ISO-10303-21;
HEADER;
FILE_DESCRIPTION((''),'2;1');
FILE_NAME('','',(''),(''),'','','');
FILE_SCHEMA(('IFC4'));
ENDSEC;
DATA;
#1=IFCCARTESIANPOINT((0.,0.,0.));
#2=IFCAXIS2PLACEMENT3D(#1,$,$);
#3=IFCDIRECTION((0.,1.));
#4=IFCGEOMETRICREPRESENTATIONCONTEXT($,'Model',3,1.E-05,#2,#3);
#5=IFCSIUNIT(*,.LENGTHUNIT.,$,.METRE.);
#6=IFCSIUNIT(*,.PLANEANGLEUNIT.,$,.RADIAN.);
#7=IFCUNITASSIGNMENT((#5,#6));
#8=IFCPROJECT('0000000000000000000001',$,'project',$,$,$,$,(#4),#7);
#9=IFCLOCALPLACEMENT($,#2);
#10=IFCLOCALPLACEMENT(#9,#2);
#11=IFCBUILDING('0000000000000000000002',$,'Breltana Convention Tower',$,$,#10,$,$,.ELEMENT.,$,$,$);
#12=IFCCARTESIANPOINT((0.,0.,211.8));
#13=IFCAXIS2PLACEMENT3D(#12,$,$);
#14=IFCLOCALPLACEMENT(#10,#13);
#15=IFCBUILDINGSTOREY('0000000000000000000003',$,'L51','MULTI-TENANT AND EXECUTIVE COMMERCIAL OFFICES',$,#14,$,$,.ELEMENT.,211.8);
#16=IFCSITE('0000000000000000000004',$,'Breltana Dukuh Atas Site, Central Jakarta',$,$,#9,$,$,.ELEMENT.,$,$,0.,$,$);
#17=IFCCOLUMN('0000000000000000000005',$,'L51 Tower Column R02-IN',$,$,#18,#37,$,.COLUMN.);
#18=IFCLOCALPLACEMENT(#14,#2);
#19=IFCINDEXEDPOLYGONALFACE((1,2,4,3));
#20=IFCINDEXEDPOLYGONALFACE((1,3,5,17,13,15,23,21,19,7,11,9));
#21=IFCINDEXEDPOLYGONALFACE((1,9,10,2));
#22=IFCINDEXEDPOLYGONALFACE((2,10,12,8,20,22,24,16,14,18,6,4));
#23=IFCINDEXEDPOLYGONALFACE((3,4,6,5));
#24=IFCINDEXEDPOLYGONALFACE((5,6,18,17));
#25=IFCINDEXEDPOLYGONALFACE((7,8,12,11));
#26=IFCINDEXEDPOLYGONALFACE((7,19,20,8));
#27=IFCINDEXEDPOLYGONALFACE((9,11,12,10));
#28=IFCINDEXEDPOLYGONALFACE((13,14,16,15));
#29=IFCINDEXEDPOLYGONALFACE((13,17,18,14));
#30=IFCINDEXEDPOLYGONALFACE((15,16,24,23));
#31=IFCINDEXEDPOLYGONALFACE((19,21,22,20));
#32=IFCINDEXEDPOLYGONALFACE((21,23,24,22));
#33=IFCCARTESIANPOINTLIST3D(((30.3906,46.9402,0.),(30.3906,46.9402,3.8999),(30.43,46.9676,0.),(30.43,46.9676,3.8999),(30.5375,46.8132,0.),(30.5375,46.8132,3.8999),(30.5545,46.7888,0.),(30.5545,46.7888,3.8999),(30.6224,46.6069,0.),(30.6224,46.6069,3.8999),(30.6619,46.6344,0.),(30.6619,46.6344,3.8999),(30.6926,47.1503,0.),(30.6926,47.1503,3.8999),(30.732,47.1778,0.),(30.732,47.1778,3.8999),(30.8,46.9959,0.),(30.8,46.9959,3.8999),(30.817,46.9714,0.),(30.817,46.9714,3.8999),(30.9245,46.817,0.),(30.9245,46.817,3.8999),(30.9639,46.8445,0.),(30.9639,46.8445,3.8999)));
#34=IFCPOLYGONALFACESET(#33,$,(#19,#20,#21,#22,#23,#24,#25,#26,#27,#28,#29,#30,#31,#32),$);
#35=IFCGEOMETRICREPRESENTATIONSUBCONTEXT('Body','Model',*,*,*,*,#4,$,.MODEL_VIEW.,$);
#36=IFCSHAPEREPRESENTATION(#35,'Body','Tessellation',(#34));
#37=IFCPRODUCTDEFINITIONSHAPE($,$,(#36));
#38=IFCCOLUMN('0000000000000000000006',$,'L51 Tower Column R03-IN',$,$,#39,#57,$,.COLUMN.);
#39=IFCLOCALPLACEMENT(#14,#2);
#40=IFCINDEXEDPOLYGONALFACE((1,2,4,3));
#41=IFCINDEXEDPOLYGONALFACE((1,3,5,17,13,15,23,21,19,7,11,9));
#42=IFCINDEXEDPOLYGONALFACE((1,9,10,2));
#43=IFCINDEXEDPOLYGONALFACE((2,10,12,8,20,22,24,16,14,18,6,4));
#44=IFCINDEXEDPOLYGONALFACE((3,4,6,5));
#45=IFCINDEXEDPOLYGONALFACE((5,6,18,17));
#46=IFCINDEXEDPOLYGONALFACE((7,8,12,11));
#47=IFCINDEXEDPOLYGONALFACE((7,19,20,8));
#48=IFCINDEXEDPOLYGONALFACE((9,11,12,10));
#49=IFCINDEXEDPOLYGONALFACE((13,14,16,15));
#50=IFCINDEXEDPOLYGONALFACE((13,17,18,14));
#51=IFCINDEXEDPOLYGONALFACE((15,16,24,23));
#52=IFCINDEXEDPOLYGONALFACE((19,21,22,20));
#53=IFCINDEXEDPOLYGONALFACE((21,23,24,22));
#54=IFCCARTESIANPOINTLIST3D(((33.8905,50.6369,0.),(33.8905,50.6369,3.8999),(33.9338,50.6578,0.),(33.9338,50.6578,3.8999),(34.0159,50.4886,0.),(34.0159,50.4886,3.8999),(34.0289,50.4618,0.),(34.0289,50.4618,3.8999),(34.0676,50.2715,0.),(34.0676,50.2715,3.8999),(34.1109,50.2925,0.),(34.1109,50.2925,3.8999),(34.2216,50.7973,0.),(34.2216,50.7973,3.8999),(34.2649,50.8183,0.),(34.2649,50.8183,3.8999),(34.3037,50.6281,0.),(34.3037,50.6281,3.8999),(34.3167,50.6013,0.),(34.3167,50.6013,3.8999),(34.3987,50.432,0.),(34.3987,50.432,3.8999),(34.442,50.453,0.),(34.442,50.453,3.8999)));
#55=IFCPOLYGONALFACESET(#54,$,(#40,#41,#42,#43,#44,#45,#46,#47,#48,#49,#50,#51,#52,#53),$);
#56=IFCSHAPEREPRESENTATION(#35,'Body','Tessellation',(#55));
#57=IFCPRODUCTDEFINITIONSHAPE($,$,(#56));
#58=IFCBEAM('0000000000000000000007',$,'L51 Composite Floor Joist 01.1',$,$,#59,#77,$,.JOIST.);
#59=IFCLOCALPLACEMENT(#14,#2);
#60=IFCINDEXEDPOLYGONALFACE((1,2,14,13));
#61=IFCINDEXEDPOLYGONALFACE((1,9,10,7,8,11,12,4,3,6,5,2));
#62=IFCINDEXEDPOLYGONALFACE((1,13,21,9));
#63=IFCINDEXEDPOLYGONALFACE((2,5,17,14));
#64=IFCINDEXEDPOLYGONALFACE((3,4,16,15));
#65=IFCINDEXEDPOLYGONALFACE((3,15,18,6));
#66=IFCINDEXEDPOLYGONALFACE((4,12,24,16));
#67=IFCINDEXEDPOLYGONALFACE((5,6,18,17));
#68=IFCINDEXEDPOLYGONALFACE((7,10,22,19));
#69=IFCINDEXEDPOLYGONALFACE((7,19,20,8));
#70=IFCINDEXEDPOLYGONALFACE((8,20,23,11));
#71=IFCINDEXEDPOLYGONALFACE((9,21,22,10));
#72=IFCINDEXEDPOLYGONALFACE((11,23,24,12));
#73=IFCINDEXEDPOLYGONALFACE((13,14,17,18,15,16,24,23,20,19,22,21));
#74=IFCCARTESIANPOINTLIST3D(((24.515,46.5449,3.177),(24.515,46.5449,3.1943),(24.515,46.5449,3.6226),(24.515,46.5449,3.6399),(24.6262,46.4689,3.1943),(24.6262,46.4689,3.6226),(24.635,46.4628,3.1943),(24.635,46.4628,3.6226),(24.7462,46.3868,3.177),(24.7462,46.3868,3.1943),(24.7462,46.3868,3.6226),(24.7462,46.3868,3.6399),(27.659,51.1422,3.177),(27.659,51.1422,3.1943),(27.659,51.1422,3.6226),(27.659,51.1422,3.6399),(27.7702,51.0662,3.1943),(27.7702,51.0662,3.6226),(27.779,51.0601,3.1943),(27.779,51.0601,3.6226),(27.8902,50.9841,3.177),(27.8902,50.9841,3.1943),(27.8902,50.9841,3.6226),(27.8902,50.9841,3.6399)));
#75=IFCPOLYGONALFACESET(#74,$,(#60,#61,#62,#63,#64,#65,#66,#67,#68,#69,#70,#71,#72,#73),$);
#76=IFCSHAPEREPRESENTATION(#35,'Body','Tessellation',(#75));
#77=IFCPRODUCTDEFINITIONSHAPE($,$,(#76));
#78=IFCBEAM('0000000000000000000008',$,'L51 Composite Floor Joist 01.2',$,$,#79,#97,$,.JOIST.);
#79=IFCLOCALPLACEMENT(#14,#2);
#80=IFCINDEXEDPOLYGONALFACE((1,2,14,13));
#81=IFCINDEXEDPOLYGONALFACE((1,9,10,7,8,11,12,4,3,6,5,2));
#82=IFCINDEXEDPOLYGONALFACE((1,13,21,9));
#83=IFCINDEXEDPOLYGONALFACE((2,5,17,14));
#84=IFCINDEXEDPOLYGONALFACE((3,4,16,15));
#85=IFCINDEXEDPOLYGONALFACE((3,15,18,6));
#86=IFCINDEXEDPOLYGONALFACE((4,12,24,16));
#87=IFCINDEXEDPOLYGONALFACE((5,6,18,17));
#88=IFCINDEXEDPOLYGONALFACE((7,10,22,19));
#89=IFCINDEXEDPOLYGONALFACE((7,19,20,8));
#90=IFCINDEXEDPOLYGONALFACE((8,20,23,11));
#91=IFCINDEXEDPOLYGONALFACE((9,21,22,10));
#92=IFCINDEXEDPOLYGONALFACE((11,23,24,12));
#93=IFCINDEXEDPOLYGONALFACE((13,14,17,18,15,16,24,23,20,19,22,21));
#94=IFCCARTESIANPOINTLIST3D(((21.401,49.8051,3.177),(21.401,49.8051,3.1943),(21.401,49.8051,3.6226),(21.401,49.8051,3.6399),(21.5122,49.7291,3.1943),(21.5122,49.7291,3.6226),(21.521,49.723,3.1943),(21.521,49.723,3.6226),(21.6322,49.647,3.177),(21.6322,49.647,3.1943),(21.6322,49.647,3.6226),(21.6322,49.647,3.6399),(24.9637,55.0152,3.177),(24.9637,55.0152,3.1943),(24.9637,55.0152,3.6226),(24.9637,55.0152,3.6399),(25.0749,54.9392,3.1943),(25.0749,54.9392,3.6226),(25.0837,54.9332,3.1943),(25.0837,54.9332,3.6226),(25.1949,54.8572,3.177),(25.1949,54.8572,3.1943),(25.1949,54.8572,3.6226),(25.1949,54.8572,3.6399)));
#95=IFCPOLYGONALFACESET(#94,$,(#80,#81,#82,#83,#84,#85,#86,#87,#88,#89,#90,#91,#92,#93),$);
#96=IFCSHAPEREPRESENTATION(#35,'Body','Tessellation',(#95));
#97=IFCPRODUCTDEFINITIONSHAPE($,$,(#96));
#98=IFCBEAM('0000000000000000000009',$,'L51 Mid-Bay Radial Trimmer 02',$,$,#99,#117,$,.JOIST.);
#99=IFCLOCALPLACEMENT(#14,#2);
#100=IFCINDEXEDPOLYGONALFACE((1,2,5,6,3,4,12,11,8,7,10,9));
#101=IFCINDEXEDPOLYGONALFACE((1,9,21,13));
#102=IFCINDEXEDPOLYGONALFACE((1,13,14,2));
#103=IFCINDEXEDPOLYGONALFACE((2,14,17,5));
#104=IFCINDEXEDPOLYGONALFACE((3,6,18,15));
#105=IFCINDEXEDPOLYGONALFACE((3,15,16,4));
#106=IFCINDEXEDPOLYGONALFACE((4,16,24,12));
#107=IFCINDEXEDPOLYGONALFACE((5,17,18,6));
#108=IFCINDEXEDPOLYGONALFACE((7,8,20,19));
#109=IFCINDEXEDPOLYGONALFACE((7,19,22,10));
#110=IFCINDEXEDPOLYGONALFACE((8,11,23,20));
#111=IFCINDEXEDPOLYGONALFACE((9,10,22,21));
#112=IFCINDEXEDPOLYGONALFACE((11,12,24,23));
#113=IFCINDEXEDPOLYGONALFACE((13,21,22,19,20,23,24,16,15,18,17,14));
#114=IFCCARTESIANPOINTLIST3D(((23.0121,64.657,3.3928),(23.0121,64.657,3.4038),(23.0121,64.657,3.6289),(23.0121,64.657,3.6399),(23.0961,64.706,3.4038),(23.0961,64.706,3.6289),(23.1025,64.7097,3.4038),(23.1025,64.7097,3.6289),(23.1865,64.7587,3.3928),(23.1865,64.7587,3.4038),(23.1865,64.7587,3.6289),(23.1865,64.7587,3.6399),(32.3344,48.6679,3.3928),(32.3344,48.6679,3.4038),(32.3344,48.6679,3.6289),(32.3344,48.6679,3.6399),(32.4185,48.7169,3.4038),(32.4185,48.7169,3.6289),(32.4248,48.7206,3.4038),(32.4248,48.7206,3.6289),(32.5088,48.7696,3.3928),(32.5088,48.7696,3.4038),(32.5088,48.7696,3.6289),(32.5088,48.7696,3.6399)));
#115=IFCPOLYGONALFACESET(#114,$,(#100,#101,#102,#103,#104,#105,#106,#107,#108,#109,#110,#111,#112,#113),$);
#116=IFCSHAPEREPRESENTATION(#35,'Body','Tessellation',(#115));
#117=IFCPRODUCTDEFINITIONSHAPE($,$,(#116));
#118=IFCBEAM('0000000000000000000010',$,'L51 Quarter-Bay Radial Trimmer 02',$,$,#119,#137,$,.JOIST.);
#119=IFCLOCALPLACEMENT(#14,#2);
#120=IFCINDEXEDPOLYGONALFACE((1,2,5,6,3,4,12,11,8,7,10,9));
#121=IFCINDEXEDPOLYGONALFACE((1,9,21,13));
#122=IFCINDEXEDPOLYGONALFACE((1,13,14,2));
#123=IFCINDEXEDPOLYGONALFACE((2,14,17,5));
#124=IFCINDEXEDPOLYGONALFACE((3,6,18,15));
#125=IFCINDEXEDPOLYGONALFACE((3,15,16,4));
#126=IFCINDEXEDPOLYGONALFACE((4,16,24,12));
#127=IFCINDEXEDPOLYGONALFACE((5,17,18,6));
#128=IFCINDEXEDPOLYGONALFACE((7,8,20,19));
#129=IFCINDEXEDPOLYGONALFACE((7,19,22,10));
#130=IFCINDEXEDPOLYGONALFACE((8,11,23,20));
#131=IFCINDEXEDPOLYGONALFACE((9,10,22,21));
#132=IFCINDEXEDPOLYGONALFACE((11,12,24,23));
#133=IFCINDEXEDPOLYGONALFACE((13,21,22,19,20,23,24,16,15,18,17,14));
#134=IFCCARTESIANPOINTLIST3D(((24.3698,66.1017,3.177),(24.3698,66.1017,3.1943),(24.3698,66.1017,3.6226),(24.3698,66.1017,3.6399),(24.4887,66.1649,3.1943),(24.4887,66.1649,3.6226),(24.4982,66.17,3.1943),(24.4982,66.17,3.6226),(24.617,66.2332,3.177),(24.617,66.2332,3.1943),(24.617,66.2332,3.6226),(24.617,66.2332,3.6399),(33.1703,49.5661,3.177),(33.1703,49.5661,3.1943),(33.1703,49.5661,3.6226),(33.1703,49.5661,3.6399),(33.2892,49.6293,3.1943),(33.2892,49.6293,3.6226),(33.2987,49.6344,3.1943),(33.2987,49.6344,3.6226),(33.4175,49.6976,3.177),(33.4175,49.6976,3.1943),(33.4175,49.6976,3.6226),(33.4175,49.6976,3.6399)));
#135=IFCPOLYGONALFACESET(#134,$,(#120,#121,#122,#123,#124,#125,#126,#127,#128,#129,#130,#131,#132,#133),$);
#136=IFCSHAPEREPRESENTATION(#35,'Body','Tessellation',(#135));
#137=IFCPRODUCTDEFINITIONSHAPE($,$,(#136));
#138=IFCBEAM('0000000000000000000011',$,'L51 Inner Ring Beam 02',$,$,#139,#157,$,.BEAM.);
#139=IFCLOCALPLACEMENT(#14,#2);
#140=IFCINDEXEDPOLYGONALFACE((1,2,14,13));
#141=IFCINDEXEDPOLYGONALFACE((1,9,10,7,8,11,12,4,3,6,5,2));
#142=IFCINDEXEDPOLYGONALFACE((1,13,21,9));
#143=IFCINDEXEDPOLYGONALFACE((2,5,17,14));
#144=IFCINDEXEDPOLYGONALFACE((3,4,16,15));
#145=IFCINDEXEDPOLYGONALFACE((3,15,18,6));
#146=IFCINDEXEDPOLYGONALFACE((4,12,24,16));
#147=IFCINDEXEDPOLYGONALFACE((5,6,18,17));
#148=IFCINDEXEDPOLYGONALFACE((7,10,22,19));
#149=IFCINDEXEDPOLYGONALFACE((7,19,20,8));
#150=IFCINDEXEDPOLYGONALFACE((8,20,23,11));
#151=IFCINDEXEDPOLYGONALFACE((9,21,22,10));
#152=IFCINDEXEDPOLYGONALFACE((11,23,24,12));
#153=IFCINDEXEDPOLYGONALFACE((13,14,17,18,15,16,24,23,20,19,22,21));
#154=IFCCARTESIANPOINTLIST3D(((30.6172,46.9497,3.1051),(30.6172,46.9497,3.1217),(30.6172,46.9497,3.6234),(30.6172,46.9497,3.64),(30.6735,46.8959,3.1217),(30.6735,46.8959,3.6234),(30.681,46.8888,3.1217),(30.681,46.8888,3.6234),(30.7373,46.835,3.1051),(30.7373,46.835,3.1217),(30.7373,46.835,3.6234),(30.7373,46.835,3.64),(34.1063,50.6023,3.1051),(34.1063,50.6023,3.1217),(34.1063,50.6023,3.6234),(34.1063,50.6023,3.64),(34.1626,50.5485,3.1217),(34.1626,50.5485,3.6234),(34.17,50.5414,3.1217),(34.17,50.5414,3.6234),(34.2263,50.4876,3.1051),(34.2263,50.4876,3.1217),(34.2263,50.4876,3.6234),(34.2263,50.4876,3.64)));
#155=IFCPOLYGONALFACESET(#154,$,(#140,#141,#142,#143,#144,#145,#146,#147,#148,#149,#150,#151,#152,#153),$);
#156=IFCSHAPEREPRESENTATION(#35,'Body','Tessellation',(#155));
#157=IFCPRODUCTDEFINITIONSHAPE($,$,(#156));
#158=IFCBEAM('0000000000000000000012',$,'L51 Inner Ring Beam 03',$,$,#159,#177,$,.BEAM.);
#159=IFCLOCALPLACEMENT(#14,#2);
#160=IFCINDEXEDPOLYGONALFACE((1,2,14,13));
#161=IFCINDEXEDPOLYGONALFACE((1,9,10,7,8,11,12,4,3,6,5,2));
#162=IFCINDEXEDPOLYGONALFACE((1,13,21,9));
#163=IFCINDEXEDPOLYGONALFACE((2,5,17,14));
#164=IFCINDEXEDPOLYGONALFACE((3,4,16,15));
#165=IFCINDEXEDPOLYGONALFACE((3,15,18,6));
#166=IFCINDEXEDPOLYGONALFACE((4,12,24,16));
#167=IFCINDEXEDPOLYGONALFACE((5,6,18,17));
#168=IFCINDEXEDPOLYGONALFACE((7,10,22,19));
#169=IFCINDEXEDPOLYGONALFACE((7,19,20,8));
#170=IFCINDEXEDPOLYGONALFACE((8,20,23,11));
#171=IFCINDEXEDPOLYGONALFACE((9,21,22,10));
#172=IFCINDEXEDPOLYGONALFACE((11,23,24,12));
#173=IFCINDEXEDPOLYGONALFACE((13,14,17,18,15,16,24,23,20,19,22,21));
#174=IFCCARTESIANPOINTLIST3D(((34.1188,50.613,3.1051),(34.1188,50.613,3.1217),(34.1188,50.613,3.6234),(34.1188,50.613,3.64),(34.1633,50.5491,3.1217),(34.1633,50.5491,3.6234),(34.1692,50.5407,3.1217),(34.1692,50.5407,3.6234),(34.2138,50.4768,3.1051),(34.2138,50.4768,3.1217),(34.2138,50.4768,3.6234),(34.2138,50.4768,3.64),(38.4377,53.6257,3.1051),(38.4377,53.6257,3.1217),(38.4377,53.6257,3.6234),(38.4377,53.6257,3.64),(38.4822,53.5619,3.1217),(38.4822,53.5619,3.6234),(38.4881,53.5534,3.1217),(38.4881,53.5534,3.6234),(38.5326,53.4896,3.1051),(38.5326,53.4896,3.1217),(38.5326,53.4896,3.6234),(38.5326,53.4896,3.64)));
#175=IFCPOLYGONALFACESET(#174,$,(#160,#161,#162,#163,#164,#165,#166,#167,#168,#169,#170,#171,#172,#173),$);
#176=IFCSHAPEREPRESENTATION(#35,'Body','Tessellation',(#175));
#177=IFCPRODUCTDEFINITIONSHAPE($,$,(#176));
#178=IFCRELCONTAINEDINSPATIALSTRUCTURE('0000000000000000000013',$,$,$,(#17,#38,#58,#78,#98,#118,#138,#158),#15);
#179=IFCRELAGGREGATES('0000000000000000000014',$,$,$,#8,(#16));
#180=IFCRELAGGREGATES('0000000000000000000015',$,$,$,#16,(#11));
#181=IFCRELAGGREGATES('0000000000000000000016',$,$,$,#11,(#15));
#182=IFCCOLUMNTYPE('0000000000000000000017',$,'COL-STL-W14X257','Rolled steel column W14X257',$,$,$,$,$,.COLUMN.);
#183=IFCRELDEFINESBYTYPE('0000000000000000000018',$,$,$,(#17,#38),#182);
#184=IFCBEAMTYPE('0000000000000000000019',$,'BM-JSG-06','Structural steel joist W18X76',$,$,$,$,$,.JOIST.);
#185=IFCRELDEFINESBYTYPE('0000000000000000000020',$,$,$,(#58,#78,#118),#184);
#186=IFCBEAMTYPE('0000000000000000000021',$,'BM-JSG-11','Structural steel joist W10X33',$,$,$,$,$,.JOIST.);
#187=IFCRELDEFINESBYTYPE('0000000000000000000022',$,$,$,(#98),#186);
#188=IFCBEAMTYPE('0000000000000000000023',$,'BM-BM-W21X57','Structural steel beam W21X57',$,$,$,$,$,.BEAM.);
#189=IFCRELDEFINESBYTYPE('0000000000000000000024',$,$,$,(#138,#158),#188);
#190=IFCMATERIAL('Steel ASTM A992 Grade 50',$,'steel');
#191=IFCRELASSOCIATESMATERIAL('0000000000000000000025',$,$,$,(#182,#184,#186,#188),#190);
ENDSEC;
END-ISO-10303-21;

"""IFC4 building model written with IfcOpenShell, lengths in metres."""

from ifc_helpers import new_model, si_unit, direction, frame, origin, origin_2d, place, context, subcontext, project, spatial, i_section, extrude, source, transform, mapped, material, material_profile, profile_set, type_object, type_shapes, element, save


model = new_model("IFC4")

# Units and contexts
model_context = context("Model", 3, precision=1e-05, world=origin(), true_north=direction((0.0, 1.0)))
body_context = subcontext(model_context, "Body", "Model", "MODEL_VIEW")
ifc_project = project(units=[si_unit("LENGTHUNIT", "METRE"), si_unit("PLANEANGLEUNIT", "RADIAN")], contexts=[model_context])

# Site, building, storey
site_placement = place(None, origin())
site = spatial("IfcSite", under=ifc_project, at=site_placement, Name="Breltana Dukuh Atas Site, Central Jakarta", CompositionType="ELEMENT", RefElevation=0.0)
building_placement = place(site_placement, origin())
building = spatial("IfcBuilding", under=site, at=building_placement, Name="Breltana Convention Tower", CompositionType="ELEMENT")
storey_placement = place(building_placement, frame((0.0, 0.0, 211.8)))
storey = spatial("IfcBuildingStorey", under=building, at=storey_placement, Name="L51", Description="MULTI-TENANT AND EXECUTIVE COMMERCIAL OFFICES", CompositionType="ELEMENT", Elevation=211.8)

# Columns
ifc_material_1 = material(Name="Steel ASTM A992 Grade 50", Category="steel")
ifc_material_profile_1 = material_profile(ifc_material_1, i_section(OverallWidth=0.406, OverallDepth=0.416, WebThickness=0.0298, FlangeThickness=0.0481, at=origin_2d()), Name="W14X257")
ifc_profile_set_1 = profile_set([ifc_material_profile_1], Name="Steel ASTM A992 Grade 50")
column_type = type_object("IfcColumnType", Name="COL-STL-W14X257", Description="Rolled steel column W14X257", PredefinedType="COLUMN", material=ifc_profile_set_1)
shared_shape_1 = source(origin(), body_context, "Body", "SweptSolid", [
    extrude(i_section(OverallWidth=0.406, OverallDepth=0.416, WebThickness=0.0298, FlangeThickness=0.0481, at=origin_2d()), origin(), (0.0, 0.0, 1.0), 3.8999),
])
for number, where, z_axis, x_axis, name in (
    (1, (30.6772, 46.8923, 0.0), (0.0, 0.0, 1.0), (-0.571143, 0.82085, 0.0), "L51 Tower Column R02-IN"),
    (2, (34.1663, 50.5449, 0.0), (0.0, 0.0, 1.0), (-0.436174, 0.899863, 0.0), "L51 Tower Column R03-IN"),
):
    element("IfcColumn", number, at=place(storey_placement, frame(where, z_axis=z_axis, x_axis=x_axis)), inside=storey, type_object=column_type, Name=name, PredefinedType="COLUMN", context=body_context, shape_type="MappedRepresentation", body=[
        mapped(shared_shape_1, transform((0.0, 0.0, 0.0), scale=1.0)),
    ])

# Beams
ifc_material_profile_2 = material_profile(ifc_material_1, i_section(OverallWidth=0.28, OverallDepth=0.4629, WebThickness=0.0107, FlangeThickness=0.0173, at=origin_2d()), Name="W18X76")
ifc_profile_set_2 = profile_set([ifc_material_profile_2], Name="Steel ASTM A992 Grade 50")
beam_type_1 = type_object("IfcBeamType", Name="BM-JSG-06", Description="Structural steel joist W18X76", PredefinedType="JOIST", material=ifc_profile_set_2)
shared_shape_2 = source(origin(), body_context, "Body", "SweptSolid", [
    extrude(i_section(OverallWidth=0.28, OverallDepth=0.4629, WebThickness=0.0107, FlangeThickness=0.0173, at=origin_2d()), origin(), (0.0, 0.0, 1.0), 5.5696),
])
type_shapes(beam_type_1, [shared_shape_2])
beam_1_placement = place(storey_placement, frame((24.6306, 46.4658, 3.4084), z_axis=(0.564494, 0.825437, 0.0), x_axis=(-0.825437, 0.564494, 0.0)))
element("IfcBeam", 3, at=beam_1_placement, inside=storey, type_object=beam_type_1, Name="L51 Composite Floor Joist 01.1", PredefinedType="JOIST", context=body_context, shape_type="MappedRepresentation", body=[
    mapped(shared_shape_2, transform((0.0, 0.0, 0.0), scale=1.0)),
])
shared_shape_3 = source(origin(), body_context, "Body", "SweptSolid", [
    extrude(i_section(OverallWidth=0.28, OverallDepth=0.4629, WebThickness=0.0107, FlangeThickness=0.0173, at=origin_2d()), origin(), (0.0, 0.0, 1.0), 6.3118),
])
beam_2_placement = place(storey_placement, frame((21.5166, 49.7261, 3.4084), z_axis=(0.564454, 0.825465, 0.0), x_axis=(-0.825465, 0.564454, 0.0)))
element("IfcBeam", 4, at=beam_2_placement, inside=storey, type_object=beam_type_1, Name="L51 Composite Floor Joist 01.2", PredefinedType="JOIST", context=body_context, shape_type="MappedRepresentation", body=[
    mapped(shared_shape_3, transform((0.0, 0.0, 0.0), scale=1.0)),
])
ifc_material_profile_3 = material_profile(ifc_material_1, i_section(OverallWidth=0.2019, OverallDepth=0.2471, WebThickness=0.0073, FlangeThickness=0.011, at=origin_2d()), Name="W10X33")
ifc_profile_set_3 = profile_set([ifc_material_profile_3], Name="Steel ASTM A992 Grade 50")
beam_type_2 = type_object("IfcBeamType", Name="BM-JSG-11", Description="Structural steel joist W10X33", PredefinedType="JOIST", material=ifc_profile_set_3)
shared_shape_4 = source(origin(), body_context, "Body", "SweptSolid", [
    extrude(i_section(OverallWidth=0.2019, OverallDepth=0.2471, WebThickness=0.0073, FlangeThickness=0.011, at=origin_2d()), origin(), (0.0, 0.0, 1.0), 18.5083),
])
beam_3_placement = place(storey_placement, frame((32.4216, 48.7188, 3.5164), z_axis=(-0.503683, 0.863888, 0.0), x_axis=(-0.863888, -0.503683, 0.0)))
element("IfcBeam", 5, at=beam_3_placement, inside=storey, type_object=beam_type_2, Name="L51 Mid-Bay Radial Trimmer 02", PredefinedType="JOIST", context=body_context, shape_type="MappedRepresentation", body=[
    mapped(shared_shape_4, transform((0.0, 0.0, 0.0), scale=1.0)),
])
shared_shape_5 = source(origin(), body_context, "Body", "SweptSolid", [
    extrude(i_section(OverallWidth=0.28, OverallDepth=0.4629, WebThickness=0.0107, FlangeThickness=0.0173, at=origin_2d()), origin(), (0.0, 0.0, 1.0), 18.7317),
])
beam_4_placement = place(storey_placement, frame((33.2939, 49.6318, 3.4084), z_axis=(-0.46982, 0.882762, 0.0), x_axis=(-0.882762, -0.46982, 0.0)))
element("IfcBeam", 6, at=beam_4_placement, inside=storey, type_object=beam_type_1, Name="L51 Quarter-Bay Radial Trimmer 02", PredefinedType="JOIST", context=body_context, shape_type="MappedRepresentation", body=[
    mapped(shared_shape_5, transform((0.0, 0.0, 0.0), scale=1.0)),
])
ifc_material_profile_4 = material_profile(ifc_material_1, i_section(OverallWidth=0.166, OverallDepth=0.5349, WebThickness=0.0103, FlangeThickness=0.0166, at=origin_2d()), Name="W21X57")
ifc_profile_set_4 = profile_set([ifc_material_profile_4], Name="Steel ASTM A992 Grade 50")
beam_type_3 = type_object("IfcBeamType", Name="BM-BM-W21X57", Description="Structural steel beam W21X57", PredefinedType="BEAM", material=ifc_profile_set_4)
shared_shape_6 = source(origin(), body_context, "Body", "SweptSolid", [
    extrude(i_section(OverallWidth=0.166, OverallDepth=0.5349, WebThickness=0.0103, FlangeThickness=0.0166, at=origin_2d()), origin(), (0.0, 0.0, 1.0), 5.0513),
])
beam_5_placement = place(storey_placement, frame((30.6772, 46.8923, 3.3726), z_axis=(0.69073, 0.723113, 0.0), x_axis=(-0.723113, 0.69073, 0.0)))
element("IfcBeam", 7, at=beam_5_placement, inside=storey, type_object=beam_type_3, Name="L51 Inner Ring Beam 02", PredefinedType="BEAM", context=body_context, shape_type="MappedRepresentation", body=[
    mapped(shared_shape_6, transform((0.0, 0.0, 0.0), scale=1.0)),
])
shared_shape_7 = source(origin(), body_context, "Body", "SweptSolid", [
    extrude(i_section(OverallWidth=0.166, OverallDepth=0.5349, WebThickness=0.0103, FlangeThickness=0.0166, at=origin_2d()), origin(), (0.0, 0.0, 1.0), 5.2659),
])
beam_6_placement = place(storey_placement, frame((34.1663, 50.5449, 3.3726), z_axis=(0.820167, 0.572124, 0.0), x_axis=(-0.572124, 0.820167, 0.0)))
element("IfcBeam", 8, at=beam_6_placement, inside=storey, type_object=beam_type_3, Name="L51 Inner Ring Beam 03", PredefinedType="BEAM", context=body_context, shape_type="MappedRepresentation", body=[
    mapped(shared_shape_7, transform((0.0, 0.0, 0.0), scale=1.0)),
])

save(model, "model.ifc")
